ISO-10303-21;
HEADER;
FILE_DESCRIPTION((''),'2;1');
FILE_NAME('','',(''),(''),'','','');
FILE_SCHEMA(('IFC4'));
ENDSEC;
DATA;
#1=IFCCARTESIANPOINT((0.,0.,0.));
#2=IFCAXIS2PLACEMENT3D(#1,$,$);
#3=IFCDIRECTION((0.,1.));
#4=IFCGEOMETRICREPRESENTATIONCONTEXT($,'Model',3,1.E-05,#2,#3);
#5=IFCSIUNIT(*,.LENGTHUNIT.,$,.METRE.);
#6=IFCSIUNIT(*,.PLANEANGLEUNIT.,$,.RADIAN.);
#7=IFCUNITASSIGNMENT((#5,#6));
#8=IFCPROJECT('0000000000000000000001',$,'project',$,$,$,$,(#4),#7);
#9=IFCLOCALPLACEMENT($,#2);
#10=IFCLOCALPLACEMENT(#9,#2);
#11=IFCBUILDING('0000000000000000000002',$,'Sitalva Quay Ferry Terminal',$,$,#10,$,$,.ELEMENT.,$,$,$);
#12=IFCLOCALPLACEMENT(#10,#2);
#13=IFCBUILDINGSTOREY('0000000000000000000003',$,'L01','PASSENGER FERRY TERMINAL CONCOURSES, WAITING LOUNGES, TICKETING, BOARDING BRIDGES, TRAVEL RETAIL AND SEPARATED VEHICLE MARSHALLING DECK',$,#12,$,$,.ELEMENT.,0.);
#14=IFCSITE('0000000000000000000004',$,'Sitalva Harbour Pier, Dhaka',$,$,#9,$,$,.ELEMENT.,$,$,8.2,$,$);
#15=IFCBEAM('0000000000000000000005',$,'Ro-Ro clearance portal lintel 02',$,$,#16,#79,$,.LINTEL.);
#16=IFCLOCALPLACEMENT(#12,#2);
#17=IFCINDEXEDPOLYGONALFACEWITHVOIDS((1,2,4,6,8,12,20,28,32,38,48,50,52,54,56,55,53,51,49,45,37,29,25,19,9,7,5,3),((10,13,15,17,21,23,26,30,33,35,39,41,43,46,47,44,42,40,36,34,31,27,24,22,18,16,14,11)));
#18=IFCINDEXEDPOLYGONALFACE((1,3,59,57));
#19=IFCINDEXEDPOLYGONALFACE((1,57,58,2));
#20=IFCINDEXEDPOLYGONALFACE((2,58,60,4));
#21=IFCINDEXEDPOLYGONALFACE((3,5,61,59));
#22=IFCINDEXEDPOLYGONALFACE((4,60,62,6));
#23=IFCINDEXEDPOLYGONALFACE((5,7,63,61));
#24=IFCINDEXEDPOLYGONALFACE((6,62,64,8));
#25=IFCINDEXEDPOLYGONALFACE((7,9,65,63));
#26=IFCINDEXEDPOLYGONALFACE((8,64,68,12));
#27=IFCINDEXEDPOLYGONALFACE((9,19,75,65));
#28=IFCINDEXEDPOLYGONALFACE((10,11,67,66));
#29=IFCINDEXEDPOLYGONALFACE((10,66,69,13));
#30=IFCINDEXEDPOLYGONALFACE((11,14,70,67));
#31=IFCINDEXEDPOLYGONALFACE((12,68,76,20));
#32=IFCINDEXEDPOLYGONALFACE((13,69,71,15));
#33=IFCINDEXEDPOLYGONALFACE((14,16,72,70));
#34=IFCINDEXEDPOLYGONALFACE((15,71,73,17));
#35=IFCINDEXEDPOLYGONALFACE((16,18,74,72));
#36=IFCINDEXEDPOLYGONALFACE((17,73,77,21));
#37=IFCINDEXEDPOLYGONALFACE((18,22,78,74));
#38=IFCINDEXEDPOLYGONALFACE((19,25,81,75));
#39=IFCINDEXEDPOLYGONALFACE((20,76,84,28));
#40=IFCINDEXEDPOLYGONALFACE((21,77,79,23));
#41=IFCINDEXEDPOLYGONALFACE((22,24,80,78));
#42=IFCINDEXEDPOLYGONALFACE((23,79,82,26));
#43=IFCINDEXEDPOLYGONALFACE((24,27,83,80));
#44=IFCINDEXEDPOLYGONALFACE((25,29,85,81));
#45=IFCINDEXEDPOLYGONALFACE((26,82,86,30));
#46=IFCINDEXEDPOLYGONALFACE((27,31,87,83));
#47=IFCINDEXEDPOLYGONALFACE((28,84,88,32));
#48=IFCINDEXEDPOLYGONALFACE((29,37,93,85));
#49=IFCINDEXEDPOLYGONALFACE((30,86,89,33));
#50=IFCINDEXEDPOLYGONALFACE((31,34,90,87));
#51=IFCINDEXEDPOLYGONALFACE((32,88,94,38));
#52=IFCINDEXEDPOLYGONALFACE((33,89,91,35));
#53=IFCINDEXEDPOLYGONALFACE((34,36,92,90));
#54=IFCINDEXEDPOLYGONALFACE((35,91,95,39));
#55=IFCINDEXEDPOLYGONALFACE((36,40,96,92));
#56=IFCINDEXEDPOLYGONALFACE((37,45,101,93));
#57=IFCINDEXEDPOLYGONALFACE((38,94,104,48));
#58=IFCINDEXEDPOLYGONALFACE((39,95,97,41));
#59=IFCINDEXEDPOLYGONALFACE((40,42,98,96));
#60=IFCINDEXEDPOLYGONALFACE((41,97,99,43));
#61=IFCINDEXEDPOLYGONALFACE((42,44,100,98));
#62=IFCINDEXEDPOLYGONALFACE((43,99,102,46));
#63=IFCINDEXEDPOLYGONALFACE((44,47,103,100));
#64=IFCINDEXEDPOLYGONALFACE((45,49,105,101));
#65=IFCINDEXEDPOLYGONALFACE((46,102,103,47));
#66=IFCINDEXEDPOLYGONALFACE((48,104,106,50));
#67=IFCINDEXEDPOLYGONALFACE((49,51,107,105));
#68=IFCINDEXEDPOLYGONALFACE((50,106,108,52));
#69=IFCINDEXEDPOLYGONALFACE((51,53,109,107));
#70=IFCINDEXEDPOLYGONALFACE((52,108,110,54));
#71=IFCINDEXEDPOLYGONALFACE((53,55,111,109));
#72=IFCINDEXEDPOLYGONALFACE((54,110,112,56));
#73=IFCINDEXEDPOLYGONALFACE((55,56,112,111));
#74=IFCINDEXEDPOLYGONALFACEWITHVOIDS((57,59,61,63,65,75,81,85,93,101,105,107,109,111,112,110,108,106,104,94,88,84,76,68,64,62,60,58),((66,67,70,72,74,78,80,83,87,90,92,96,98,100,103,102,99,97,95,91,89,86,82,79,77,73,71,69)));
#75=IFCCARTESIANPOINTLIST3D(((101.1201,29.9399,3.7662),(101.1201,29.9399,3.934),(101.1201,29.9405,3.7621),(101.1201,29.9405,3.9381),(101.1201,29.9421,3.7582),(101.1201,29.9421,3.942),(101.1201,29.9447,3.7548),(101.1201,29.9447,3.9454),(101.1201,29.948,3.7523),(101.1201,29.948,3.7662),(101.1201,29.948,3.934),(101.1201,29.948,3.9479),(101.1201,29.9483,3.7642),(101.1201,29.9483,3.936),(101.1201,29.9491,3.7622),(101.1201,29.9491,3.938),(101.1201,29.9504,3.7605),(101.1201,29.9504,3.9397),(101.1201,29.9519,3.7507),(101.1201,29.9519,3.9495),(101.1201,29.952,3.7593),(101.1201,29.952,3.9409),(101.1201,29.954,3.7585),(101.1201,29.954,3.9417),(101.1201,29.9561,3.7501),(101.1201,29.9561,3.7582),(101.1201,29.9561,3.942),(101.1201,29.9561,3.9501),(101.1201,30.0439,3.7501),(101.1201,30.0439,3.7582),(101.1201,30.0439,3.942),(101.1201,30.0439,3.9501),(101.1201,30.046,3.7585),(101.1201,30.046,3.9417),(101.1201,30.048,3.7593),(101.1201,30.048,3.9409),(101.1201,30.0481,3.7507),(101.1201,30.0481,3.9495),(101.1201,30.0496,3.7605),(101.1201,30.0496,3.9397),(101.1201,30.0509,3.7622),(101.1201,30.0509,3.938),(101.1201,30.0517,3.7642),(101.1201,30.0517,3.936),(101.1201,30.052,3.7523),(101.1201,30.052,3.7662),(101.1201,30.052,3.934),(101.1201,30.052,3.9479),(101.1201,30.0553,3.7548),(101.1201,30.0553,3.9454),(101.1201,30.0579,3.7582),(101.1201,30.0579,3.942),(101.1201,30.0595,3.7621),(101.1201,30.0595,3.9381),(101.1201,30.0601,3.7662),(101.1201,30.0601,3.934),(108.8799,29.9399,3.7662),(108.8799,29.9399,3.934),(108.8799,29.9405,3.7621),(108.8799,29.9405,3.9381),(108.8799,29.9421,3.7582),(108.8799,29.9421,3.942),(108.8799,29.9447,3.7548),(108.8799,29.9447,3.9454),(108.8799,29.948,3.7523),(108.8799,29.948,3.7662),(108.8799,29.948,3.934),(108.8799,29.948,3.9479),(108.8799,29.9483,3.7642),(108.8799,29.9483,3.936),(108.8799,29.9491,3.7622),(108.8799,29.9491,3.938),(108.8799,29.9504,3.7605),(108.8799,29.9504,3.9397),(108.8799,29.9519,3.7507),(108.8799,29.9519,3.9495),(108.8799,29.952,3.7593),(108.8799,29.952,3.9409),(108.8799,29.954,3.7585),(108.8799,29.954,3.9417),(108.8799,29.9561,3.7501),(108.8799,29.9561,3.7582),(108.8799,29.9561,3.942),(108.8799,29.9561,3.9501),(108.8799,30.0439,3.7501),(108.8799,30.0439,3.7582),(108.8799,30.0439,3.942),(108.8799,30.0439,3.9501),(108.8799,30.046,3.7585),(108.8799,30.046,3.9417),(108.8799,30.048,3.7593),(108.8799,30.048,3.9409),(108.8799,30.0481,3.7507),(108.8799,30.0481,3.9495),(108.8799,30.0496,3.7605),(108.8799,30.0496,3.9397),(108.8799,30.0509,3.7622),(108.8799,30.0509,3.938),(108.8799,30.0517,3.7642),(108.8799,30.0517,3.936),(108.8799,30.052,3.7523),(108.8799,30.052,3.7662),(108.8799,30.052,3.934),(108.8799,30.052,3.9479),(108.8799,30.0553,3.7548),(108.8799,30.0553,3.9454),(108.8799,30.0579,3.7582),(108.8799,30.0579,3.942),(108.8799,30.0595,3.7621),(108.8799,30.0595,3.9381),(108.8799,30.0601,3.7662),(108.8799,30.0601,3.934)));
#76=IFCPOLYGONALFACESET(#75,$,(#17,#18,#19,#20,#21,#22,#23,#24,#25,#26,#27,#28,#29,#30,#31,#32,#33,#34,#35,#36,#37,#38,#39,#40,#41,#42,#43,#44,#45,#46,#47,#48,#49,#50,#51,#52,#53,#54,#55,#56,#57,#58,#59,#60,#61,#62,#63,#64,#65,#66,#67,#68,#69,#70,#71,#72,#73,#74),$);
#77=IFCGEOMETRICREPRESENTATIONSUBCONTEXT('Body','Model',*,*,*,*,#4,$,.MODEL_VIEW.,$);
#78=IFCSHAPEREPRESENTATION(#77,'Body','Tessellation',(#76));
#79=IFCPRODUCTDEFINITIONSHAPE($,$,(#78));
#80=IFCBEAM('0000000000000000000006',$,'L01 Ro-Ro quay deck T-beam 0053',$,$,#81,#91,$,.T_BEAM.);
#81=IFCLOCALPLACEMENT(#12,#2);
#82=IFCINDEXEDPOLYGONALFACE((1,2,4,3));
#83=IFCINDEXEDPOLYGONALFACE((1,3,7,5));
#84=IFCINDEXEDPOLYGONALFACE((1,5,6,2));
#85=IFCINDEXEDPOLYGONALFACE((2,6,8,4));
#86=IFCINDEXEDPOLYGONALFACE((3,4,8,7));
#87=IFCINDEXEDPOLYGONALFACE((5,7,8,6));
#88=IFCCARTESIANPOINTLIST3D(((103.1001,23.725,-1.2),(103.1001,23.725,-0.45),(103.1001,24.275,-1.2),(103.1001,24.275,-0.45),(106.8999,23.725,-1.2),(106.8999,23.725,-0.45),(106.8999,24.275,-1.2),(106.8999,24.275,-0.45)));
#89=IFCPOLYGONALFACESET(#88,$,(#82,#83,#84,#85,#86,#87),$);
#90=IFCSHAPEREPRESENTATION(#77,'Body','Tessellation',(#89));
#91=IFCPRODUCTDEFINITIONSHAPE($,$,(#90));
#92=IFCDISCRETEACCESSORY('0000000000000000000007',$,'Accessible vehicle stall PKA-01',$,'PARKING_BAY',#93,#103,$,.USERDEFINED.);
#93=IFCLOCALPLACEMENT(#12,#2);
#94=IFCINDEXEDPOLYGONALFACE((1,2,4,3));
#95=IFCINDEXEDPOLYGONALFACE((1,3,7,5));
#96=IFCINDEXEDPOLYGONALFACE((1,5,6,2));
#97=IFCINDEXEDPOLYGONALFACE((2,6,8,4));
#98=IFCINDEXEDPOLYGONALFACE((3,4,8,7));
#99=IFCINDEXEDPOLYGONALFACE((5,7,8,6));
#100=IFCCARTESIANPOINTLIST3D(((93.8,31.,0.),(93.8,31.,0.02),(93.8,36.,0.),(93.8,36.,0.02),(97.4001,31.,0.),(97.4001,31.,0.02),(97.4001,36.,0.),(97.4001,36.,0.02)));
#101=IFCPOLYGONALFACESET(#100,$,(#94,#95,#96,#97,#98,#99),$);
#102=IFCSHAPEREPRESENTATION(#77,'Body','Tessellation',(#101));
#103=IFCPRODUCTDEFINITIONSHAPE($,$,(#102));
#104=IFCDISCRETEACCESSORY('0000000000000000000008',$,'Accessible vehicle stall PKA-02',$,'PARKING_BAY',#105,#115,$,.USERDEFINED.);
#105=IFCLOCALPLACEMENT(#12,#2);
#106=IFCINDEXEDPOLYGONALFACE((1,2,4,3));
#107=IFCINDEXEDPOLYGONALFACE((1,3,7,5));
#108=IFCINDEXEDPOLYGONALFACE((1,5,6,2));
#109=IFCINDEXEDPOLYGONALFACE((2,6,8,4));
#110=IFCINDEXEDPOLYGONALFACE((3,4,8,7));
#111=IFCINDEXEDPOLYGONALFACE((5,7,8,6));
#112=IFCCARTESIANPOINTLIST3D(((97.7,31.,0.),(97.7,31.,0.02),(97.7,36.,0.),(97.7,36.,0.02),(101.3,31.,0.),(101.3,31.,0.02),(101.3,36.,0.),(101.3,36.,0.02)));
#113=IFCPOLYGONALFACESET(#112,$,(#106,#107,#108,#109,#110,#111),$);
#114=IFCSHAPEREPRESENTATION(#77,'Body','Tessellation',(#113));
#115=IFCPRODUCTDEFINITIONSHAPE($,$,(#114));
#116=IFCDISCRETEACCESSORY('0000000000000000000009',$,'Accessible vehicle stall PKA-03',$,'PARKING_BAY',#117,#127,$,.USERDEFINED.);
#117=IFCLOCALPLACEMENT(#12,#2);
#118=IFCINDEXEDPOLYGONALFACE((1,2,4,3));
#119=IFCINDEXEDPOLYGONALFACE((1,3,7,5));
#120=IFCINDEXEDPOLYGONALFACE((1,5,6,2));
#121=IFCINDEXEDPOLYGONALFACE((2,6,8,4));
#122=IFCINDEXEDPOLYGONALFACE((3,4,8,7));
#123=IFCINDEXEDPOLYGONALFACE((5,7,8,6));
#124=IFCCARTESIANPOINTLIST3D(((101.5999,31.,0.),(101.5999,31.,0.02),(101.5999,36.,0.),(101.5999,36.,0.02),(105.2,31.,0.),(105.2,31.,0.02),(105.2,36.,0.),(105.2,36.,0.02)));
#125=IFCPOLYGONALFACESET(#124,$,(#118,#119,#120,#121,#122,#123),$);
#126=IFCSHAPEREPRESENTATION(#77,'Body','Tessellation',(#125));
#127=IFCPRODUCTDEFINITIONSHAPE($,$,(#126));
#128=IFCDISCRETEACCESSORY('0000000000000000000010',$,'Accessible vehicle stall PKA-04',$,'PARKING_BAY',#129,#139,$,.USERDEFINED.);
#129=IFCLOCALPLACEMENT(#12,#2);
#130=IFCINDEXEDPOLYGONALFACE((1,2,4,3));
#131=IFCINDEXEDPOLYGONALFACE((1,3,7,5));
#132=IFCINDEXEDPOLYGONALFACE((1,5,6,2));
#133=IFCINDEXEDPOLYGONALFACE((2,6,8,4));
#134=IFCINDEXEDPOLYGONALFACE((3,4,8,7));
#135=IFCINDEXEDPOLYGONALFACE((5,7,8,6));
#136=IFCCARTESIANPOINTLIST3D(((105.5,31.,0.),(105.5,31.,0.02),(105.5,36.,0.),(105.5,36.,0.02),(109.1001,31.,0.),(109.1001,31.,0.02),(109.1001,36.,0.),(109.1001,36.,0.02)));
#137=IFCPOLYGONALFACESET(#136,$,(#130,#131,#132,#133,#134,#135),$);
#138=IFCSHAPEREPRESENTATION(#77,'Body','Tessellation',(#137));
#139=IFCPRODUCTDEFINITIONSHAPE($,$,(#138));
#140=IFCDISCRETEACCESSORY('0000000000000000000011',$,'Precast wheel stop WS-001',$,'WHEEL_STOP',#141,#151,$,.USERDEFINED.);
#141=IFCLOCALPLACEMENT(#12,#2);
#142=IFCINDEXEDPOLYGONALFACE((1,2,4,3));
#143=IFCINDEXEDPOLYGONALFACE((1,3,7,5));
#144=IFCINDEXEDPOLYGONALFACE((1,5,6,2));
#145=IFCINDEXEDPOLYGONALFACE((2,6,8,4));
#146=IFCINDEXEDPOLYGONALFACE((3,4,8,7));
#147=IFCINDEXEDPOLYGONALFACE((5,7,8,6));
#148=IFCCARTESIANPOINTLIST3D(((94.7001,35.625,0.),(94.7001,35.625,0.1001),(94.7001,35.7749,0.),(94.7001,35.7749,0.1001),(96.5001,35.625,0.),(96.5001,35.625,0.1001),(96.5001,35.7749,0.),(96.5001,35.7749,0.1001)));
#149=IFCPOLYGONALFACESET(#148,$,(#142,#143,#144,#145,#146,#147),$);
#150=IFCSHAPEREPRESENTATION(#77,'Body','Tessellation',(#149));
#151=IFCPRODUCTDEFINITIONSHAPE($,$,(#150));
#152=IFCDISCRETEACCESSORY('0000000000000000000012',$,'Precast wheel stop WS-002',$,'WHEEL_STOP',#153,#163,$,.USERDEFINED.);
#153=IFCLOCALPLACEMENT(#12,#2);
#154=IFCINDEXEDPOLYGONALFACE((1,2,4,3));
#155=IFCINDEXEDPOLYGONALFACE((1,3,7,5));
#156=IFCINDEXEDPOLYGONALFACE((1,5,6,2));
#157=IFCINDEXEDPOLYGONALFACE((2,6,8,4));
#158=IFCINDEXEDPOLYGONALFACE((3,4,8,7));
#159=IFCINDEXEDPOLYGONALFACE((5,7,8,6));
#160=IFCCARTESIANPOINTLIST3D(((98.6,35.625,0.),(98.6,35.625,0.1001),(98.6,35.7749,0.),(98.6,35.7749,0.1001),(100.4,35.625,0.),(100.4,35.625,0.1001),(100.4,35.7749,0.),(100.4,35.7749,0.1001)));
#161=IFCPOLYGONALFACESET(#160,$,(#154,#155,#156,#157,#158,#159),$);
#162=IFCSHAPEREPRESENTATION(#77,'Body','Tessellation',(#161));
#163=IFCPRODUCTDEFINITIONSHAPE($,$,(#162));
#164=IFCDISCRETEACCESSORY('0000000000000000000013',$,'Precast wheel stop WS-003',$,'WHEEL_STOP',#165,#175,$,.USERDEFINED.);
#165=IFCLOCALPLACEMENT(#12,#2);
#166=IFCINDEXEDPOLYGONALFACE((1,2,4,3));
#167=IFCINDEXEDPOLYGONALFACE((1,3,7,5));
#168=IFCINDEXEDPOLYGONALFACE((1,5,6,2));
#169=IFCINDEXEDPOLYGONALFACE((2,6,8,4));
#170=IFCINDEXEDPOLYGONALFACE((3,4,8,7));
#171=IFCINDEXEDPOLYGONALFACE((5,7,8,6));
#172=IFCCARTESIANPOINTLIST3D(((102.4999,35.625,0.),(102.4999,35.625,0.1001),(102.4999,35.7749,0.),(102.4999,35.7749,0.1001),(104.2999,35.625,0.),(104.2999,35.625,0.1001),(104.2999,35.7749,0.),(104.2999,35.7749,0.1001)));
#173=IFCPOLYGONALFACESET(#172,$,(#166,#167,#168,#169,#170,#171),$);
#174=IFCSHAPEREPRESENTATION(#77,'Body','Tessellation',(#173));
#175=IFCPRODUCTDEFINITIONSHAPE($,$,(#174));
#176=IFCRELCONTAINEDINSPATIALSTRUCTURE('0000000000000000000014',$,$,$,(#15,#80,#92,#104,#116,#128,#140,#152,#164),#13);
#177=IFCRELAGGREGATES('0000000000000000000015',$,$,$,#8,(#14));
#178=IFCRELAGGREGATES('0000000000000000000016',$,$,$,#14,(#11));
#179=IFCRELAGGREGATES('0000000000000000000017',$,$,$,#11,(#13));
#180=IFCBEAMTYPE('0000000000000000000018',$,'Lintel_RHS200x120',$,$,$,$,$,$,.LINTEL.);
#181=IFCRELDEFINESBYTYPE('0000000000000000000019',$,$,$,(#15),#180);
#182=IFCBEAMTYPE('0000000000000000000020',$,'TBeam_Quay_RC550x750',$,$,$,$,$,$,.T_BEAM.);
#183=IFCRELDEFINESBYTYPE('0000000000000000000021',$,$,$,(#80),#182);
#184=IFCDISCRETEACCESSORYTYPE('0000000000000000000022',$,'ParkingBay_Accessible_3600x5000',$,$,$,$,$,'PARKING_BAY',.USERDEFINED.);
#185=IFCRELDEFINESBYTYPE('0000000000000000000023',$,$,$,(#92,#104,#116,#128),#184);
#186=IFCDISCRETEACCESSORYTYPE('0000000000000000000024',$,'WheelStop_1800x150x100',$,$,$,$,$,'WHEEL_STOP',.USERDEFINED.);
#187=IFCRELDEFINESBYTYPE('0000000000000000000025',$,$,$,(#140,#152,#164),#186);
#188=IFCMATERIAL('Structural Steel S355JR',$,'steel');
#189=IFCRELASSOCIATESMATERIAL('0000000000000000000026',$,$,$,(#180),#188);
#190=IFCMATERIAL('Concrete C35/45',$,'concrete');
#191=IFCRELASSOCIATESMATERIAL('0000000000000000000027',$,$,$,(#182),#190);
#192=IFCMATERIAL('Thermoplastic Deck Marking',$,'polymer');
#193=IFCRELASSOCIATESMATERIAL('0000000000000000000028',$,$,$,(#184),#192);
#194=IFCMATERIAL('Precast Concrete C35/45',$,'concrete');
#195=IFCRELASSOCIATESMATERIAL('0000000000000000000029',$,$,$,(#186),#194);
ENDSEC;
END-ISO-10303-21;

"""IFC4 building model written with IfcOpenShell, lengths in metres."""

from ifc_helpers import new_model, si_unit, direction, frame, origin, origin_2d, place, context, subcontext, project, spatial, rectangle, hollow_rectangle, extrude, material, material_profile, profile_set, type_object, element, save


model = new_model("IFC4")

# Units and contexts
model_context = context("Model", 3, precision=1e-05, world=origin(), true_north=direction((0.0, 1.0)))
body_context = subcontext(model_context, "Body", "Model", "MODEL_VIEW")
ifc_project = project(units=[si_unit("LENGTHUNIT", "METRE"), si_unit("PLANEANGLEUNIT", "RADIAN")], contexts=[model_context])

# Site, building, storey
site_placement = place(None, origin())
site = spatial("IfcSite", under=ifc_project, at=site_placement, Name="Sitalva Harbour Pier, Dhaka", CompositionType="ELEMENT", RefElevation=8.2)
building_placement = place(site_placement, origin())
building = spatial("IfcBuilding", under=site, at=building_placement, Name="Sitalva Quay Ferry Terminal", CompositionType="ELEMENT")
storey_placement = place(building_placement, origin())
storey = spatial("IfcBuildingStorey", under=building, at=storey_placement, Name="L01", Description="PASSENGER FERRY TERMINAL CONCOURSES, WAITING LOUNGES, TICKETING, BOARDING BRIDGES, TRAVEL RETAIL AND SEPARATED VEHICLE MARSHALLING DECK", CompositionType="ELEMENT", Elevation=0.0)

# Beams
ifc_material_1 = material(Name="Structural Steel S355JR", Category="steel")
ifc_material_profile_1 = material_profile(ifc_material_1, hollow_rectangle(XDim=0.1201, YDim=0.2, WallThickness=0.0081, InnerFilletRadius=0.0081, OuterFilletRadius=0.0161, at=origin_2d()), Name="RHS200x120x8")
ifc_profile_set_1 = profile_set([ifc_material_profile_1], Name="Structural Steel S355JR")
beam_type_1 = type_object("IfcBeamType", Name="Lintel_RHS200x120", PredefinedType="LINTEL", material=ifc_profile_set_1)
beam_1_placement = place(storey_placement, frame((101.1201, 30.0, 3.8501), z_axis=(1.0, 0.0, 0.0), x_axis=(0.0, 1.0, 0.0)))
element("IfcBeam", 1, at=beam_1_placement, inside=storey, type_object=beam_type_1, Name="Ro-Ro clearance portal lintel 02", PredefinedType="LINTEL", context=body_context, shape_type="SweptSolid", body=[
    extrude(hollow_rectangle(XDim=0.1201, YDim=0.2, WallThickness=0.0081, InnerFilletRadius=0.0081, OuterFilletRadius=0.0161, at=origin_2d()), origin(), (0.0, 0.0, 1.0), 7.7598),
])
ifc_material_2 = material(Name="Concrete C35/45", Category="concrete")
ifc_material_profile_2 = material_profile(ifc_material_2, rectangle(XDim=0.55, YDim=0.75, at=origin_2d()), Name="RC550x750")
ifc_profile_set_2 = profile_set([ifc_material_profile_2], Name="Concrete C35/45")
beam_type_2 = type_object("IfcBeamType", Name="TBeam_Quay_RC550x750", PredefinedType="T_BEAM", material=ifc_profile_set_2)
beam_2_placement = place(storey_placement, frame((103.1001, 24.0, -0.825), z_axis=(1.0, 0.0, 0.0), x_axis=(0.0, 1.0, 0.0)))
element("IfcBeam", 2, at=beam_2_placement, inside=storey, type_object=beam_type_2, Name="L01 Ro-Ro quay deck T-beam 0053", PredefinedType="T_BEAM", context=body_context, shape_type="SweptSolid", body=[
    extrude(rectangle(XDim=0.55, YDim=0.75, at=origin_2d()), origin(), (0.0, 0.0, 1.0), 3.7998),
])

# Discrete accessories
ifc_material_3 = material(Name="Thermoplastic Deck Marking", Category="polymer")
discrete_accessory_type_1 = type_object("IfcDiscreteAccessoryType", Name="ParkingBay_Accessible_3600x5000", ElementType="PARKING_BAY", PredefinedType="USERDEFINED", material=ifc_material_3)
for number, where, z_axis, x_axis, name in (
    (3, (95.6001, 33.5, 0.0), (0.0, 0.0, 1.0), (1.0, 0.0, 0.0), "Accessible vehicle stall PKA-01"),
    (4, (99.5, 33.5, 0.0), (0.0, 0.0, 1.0), (1.0, 0.0, 0.0), "Accessible vehicle stall PKA-02"),
    (5, (103.3999, 33.5, 0.0), (0.0, 0.0, 1.0), (1.0, 0.0, 0.0), "Accessible vehicle stall PKA-03"),
    (6, (107.3, 33.5, 0.0), (0.0, 0.0, 1.0), (1.0, 0.0, 0.0), "Accessible vehicle stall PKA-04"),
):
    element("IfcDiscreteAccessory", number, at=place(storey_placement, frame(where, z_axis=z_axis, x_axis=x_axis)), inside=storey, type_object=discrete_accessory_type_1, Name=name, ObjectType="PARKING_BAY", PredefinedType="USERDEFINED", context=body_context, shape_type="SweptSolid", body=[
        extrude(rectangle(XDim=3.6001, YDim=5.0, at=origin_2d()), origin(), (0.0, 0.0, 1.0), 0.02),
    ])
ifc_material_4 = material(Name="Precast Concrete C35/45", Category="concrete")
discrete_accessory_type_2 = type_object("IfcDiscreteAccessoryType", Name="WheelStop_1800x150x100", ElementType="WHEEL_STOP", PredefinedType="USERDEFINED", material=ifc_material_4)
for number, where, z_axis, x_axis, name in (
    (7, (95.6001, 35.7, 0.0), (0.0, 0.0, 1.0), (1.0, 0.0, 0.0), "Precast wheel stop WS-001"),
    (8, (99.5, 35.7, 0.0), (0.0, 0.0, 1.0), (1.0, 0.0, 0.0), "Precast wheel stop WS-002"),
    (9, (103.3999, 35.7, 0.0), (0.0, 0.0, 1.0), (1.0, 0.0, 0.0), "Precast wheel stop WS-003"),
):
    element("IfcDiscreteAccessory", number, at=place(storey_placement, frame(where, z_axis=z_axis, x_axis=x_axis)), inside=storey, type_object=discrete_accessory_type_2, Name=name, ObjectType="WHEEL_STOP", PredefinedType="USERDEFINED", context=body_context, shape_type="SweptSolid", body=[
        extrude(rectangle(XDim=1.8, YDim=0.1499, at=origin_2d()), origin(), (0.0, 0.0, 1.0), 0.1001),
    ])

save(model, "model.ifc")
